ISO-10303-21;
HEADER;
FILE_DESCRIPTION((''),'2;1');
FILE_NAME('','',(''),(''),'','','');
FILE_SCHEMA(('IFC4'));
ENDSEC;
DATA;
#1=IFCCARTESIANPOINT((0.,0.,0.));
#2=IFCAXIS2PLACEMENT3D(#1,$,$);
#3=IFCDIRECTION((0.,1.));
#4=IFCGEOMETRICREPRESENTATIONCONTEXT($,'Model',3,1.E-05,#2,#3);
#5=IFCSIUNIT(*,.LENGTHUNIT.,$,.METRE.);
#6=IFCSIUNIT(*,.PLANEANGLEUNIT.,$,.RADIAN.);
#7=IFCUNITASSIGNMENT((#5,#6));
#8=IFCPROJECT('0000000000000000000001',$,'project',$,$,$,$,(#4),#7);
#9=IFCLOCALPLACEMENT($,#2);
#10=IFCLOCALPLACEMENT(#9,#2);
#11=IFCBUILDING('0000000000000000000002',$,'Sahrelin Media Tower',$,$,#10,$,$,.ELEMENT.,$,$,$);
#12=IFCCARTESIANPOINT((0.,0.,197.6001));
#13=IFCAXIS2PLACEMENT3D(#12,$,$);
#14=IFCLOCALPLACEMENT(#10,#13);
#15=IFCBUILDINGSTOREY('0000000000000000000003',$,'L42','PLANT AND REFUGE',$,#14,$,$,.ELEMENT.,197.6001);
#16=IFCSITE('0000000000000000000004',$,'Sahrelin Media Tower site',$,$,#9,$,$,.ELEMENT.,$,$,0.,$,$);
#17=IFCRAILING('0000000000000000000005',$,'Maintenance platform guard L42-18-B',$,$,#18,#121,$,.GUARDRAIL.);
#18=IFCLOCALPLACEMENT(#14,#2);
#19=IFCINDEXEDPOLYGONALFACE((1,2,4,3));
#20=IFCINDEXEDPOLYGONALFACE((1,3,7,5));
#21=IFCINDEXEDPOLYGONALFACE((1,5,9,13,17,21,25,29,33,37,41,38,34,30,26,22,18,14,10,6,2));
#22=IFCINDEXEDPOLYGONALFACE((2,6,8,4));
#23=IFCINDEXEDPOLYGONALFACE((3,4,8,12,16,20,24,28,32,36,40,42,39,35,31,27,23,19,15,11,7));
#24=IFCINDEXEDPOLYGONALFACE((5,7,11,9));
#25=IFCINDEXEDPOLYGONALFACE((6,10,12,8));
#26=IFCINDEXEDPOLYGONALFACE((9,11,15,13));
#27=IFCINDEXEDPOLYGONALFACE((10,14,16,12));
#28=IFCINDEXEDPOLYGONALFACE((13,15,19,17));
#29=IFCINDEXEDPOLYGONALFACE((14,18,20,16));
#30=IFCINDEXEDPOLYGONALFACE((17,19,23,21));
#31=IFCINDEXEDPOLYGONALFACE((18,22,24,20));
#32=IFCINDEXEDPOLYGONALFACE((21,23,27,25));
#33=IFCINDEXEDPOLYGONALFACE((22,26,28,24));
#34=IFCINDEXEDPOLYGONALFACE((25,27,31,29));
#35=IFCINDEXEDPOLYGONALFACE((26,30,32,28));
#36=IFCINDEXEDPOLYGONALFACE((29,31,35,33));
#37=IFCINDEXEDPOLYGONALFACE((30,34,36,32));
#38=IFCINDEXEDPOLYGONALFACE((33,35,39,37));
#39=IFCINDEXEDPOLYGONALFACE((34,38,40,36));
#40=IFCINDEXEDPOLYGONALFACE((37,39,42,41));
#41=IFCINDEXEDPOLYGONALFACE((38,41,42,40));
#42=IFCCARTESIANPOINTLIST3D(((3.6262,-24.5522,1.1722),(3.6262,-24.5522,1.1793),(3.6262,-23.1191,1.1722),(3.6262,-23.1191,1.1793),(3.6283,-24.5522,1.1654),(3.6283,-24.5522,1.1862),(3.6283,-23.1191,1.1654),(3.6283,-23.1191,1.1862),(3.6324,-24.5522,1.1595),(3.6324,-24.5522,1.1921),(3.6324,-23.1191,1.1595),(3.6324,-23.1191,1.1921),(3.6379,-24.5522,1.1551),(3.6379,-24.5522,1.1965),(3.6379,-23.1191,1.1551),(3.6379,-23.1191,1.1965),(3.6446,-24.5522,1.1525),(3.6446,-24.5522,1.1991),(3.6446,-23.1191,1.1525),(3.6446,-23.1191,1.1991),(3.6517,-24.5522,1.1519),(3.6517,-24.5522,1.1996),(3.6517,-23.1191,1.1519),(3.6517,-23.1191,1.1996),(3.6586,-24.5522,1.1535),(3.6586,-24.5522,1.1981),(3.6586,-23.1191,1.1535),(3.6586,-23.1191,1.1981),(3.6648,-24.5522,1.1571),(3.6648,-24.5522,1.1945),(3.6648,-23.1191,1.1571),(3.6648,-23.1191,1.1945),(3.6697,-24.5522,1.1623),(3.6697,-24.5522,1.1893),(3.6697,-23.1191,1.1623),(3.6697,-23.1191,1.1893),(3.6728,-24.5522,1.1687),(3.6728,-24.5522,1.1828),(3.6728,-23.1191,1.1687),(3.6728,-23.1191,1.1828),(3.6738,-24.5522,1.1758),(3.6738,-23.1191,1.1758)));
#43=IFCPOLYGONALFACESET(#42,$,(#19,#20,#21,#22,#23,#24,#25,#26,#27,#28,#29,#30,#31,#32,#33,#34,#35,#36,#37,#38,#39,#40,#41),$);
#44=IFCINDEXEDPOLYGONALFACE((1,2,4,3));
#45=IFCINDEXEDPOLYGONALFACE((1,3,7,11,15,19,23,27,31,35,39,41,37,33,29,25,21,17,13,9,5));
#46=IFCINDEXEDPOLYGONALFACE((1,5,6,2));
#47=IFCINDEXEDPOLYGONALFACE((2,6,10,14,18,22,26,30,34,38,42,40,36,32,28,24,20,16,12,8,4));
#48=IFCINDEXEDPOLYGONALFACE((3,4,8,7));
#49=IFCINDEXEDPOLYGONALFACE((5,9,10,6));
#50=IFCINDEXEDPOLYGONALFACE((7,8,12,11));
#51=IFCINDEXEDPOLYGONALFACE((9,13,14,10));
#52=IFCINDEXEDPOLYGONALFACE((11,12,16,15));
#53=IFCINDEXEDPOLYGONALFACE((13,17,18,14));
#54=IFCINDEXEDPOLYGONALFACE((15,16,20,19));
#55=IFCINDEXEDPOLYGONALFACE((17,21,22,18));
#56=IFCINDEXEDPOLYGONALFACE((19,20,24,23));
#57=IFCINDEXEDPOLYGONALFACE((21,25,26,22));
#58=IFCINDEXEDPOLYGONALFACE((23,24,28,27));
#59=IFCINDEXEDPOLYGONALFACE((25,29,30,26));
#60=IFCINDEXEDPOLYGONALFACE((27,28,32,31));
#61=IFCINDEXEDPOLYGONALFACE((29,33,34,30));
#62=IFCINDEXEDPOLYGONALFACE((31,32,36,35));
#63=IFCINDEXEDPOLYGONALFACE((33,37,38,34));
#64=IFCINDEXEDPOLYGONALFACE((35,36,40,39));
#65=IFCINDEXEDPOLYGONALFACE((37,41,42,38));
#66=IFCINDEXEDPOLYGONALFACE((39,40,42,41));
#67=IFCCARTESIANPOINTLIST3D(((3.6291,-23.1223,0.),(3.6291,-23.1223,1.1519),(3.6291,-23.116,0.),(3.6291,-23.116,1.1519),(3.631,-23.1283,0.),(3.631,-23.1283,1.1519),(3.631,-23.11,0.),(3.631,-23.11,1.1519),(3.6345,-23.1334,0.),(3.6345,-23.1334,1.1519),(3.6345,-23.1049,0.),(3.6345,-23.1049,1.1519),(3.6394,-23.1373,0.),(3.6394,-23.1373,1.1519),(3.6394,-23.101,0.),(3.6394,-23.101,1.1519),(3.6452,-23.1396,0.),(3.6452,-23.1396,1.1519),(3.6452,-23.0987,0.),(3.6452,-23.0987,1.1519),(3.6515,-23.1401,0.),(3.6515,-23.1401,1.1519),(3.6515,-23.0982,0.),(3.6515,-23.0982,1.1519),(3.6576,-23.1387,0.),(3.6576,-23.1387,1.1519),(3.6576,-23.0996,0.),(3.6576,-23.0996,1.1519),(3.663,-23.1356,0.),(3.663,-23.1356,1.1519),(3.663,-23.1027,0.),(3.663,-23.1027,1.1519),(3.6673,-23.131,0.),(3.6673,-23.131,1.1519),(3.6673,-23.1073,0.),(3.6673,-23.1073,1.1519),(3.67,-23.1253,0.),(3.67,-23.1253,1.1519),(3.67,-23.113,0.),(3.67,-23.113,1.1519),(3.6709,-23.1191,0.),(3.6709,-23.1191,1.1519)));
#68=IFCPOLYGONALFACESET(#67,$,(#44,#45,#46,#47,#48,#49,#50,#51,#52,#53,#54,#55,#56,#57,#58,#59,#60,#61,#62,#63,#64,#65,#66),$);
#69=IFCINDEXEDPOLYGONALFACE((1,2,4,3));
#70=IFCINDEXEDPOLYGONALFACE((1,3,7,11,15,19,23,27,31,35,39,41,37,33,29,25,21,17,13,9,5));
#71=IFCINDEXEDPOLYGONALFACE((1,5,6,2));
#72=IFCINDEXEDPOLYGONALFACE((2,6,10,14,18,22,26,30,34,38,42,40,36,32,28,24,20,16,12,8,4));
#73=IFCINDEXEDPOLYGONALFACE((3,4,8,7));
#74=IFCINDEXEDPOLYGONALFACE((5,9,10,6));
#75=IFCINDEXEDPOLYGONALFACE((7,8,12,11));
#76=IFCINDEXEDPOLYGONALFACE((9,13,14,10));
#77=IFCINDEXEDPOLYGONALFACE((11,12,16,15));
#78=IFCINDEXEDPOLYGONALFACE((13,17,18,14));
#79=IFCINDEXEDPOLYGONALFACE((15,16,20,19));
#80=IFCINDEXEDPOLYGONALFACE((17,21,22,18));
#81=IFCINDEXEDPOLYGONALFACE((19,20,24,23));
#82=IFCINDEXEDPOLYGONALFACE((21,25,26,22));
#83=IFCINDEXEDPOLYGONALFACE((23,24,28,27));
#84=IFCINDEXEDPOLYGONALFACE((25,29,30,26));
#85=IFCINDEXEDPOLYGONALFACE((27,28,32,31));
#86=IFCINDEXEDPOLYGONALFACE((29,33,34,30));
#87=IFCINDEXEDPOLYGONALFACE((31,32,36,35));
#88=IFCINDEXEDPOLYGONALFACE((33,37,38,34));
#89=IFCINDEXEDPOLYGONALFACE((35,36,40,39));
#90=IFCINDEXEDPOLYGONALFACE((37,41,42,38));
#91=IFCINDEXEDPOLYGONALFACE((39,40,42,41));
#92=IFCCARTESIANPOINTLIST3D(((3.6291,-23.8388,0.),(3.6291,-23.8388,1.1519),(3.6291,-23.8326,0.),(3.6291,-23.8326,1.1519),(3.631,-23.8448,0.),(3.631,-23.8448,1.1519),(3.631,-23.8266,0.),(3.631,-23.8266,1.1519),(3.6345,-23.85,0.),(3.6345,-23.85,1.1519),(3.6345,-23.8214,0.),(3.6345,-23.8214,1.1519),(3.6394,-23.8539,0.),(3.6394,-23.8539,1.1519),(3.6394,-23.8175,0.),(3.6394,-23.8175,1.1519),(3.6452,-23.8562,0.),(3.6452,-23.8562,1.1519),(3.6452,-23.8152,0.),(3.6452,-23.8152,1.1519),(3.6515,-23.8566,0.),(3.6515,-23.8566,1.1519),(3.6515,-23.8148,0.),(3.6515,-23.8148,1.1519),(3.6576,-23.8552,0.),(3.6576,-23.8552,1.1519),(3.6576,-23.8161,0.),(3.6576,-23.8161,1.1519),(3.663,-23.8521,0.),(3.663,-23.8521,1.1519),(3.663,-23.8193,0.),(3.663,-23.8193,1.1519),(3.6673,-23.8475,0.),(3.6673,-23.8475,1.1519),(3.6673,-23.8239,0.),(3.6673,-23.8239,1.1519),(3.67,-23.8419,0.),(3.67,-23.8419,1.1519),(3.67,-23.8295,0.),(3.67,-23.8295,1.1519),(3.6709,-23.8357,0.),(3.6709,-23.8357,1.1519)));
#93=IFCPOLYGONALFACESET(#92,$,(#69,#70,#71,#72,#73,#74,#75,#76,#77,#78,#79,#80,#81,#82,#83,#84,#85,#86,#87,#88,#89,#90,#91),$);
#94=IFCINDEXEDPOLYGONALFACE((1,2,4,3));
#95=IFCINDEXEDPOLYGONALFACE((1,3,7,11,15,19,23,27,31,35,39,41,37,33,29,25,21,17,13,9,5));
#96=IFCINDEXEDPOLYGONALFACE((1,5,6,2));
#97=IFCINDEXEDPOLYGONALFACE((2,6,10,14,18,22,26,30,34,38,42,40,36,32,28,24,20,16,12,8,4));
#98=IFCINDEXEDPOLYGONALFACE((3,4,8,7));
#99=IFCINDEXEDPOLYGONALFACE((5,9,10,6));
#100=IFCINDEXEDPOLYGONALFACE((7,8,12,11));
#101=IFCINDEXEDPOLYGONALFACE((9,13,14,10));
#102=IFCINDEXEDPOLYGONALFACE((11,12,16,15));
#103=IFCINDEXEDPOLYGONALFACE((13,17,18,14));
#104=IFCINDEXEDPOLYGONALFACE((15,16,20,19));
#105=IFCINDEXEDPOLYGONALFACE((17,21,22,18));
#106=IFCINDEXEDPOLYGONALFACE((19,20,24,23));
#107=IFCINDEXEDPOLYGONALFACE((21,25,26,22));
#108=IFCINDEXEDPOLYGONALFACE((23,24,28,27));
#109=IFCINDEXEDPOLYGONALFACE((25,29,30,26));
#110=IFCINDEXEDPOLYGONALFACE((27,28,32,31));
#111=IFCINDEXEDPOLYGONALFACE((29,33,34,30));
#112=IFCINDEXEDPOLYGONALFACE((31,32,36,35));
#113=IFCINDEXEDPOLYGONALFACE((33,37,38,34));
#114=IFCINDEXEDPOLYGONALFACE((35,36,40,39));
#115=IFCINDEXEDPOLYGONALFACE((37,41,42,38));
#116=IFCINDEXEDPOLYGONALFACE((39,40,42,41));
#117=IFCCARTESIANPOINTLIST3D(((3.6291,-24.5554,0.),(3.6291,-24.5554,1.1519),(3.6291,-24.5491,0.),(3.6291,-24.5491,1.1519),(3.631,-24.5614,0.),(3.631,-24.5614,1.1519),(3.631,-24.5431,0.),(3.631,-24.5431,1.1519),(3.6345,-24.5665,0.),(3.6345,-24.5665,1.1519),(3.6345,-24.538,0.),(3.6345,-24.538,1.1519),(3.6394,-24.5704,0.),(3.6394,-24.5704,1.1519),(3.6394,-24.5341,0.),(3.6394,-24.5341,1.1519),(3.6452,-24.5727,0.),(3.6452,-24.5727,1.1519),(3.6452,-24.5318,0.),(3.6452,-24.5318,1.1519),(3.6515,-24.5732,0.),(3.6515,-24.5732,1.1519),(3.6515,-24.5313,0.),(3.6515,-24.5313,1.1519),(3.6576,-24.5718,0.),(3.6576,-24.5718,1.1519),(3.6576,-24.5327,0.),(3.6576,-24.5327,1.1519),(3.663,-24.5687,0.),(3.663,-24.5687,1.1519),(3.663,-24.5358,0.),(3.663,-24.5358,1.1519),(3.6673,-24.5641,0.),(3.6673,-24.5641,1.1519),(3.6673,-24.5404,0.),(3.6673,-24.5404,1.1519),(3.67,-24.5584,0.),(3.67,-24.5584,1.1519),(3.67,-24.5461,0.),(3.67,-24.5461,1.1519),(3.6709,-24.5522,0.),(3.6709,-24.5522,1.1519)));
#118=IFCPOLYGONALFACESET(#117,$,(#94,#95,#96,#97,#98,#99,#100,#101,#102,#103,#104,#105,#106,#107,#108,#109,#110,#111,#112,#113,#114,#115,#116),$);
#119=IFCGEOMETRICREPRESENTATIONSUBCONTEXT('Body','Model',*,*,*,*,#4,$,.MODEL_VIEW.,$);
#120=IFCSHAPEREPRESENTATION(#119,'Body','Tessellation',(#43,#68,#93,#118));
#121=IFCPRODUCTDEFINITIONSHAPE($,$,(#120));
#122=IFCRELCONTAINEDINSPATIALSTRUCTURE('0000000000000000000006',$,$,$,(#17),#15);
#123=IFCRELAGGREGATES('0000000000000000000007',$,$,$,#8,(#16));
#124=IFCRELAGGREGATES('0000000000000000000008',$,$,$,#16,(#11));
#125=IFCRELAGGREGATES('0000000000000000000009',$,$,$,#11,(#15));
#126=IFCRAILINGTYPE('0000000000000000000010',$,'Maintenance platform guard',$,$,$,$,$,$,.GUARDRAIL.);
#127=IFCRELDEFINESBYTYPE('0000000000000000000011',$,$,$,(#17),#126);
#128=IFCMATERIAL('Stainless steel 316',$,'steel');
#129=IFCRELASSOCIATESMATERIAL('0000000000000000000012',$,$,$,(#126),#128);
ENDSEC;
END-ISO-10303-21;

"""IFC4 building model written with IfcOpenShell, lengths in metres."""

from ifc_helpers import new_model, si_unit, direction, frame, origin, origin_2d, place, context, subcontext, project, spatial, circle, extrude, material, type_object, element, save


model = new_model("IFC4")

# Units and contexts
model_context = context("Model", 3, precision=1e-05, world=origin(), true_north=direction((0.0, 1.0)))
body_context = subcontext(model_context, "Body", "Model", "MODEL_VIEW")
ifc_project = project(units=[si_unit("LENGTHUNIT", "METRE"), si_unit("PLANEANGLEUNIT", "RADIAN")], contexts=[model_context])

# Site, building, storey
site_placement = place(None, origin())
site = spatial("IfcSite", under=ifc_project, at=site_placement, Name="Sahrelin Media Tower site", CompositionType="ELEMENT", RefElevation=0.0)
building_placement = place(site_placement, origin())
building = spatial("IfcBuilding", under=site, at=building_placement, Name="Sahrelin Media Tower", CompositionType="ELEMENT")
storey_placement = place(building_placement, frame((0.0, 0.0, 197.6001)))
storey = spatial("IfcBuildingStorey", under=building, at=storey_placement, Name="L42", Description="PLANT AND REFUGE", CompositionType="ELEMENT", Elevation=197.6001)

# Railing
ifc_material_1 = material(Name="Stainless steel 316", Category="steel")
railing_type = type_object("IfcRailingType", Name="Maintenance platform guard", PredefinedType="GUARDRAIL", material=ifc_material_1)
for number, where, name in (
    (1, (3.6499, -23.1191, 0.0), "Maintenance platform guard L42-18-B"),
):
    element("IfcRailing", number, at=place(storey_placement, frame(where)), inside=storey, type_object=railing_type, Name=name, PredefinedType="GUARDRAIL", context=body_context, shape_type="SweptSolid", body=[
        extrude(circle(Radius=0.0239, at=origin_2d()), frame((0.0, 0.0, 1.1758), z_axis=(0.0, -1.0, 0.0), x_axis=(1.0, 0.0, 0.0)), (0.0, 0.0, 1.0), 1.4331),
        extrude(circle(Radius=0.021, at=origin_2d()), origin(), (0.0, 0.0, 1.0), 1.1519),
        extrude(circle(Radius=0.021, at=origin_2d()), frame((0.0, -0.7166, 0.0)), (0.0, 0.0, 1.0), 1.1519),
        extrude(circle(Radius=0.021, at=origin_2d()), frame((0.0, -1.4331, 0.0)), (0.0, 0.0, 1.0), 1.1519),
    ])

save(model, "model.ifc")
